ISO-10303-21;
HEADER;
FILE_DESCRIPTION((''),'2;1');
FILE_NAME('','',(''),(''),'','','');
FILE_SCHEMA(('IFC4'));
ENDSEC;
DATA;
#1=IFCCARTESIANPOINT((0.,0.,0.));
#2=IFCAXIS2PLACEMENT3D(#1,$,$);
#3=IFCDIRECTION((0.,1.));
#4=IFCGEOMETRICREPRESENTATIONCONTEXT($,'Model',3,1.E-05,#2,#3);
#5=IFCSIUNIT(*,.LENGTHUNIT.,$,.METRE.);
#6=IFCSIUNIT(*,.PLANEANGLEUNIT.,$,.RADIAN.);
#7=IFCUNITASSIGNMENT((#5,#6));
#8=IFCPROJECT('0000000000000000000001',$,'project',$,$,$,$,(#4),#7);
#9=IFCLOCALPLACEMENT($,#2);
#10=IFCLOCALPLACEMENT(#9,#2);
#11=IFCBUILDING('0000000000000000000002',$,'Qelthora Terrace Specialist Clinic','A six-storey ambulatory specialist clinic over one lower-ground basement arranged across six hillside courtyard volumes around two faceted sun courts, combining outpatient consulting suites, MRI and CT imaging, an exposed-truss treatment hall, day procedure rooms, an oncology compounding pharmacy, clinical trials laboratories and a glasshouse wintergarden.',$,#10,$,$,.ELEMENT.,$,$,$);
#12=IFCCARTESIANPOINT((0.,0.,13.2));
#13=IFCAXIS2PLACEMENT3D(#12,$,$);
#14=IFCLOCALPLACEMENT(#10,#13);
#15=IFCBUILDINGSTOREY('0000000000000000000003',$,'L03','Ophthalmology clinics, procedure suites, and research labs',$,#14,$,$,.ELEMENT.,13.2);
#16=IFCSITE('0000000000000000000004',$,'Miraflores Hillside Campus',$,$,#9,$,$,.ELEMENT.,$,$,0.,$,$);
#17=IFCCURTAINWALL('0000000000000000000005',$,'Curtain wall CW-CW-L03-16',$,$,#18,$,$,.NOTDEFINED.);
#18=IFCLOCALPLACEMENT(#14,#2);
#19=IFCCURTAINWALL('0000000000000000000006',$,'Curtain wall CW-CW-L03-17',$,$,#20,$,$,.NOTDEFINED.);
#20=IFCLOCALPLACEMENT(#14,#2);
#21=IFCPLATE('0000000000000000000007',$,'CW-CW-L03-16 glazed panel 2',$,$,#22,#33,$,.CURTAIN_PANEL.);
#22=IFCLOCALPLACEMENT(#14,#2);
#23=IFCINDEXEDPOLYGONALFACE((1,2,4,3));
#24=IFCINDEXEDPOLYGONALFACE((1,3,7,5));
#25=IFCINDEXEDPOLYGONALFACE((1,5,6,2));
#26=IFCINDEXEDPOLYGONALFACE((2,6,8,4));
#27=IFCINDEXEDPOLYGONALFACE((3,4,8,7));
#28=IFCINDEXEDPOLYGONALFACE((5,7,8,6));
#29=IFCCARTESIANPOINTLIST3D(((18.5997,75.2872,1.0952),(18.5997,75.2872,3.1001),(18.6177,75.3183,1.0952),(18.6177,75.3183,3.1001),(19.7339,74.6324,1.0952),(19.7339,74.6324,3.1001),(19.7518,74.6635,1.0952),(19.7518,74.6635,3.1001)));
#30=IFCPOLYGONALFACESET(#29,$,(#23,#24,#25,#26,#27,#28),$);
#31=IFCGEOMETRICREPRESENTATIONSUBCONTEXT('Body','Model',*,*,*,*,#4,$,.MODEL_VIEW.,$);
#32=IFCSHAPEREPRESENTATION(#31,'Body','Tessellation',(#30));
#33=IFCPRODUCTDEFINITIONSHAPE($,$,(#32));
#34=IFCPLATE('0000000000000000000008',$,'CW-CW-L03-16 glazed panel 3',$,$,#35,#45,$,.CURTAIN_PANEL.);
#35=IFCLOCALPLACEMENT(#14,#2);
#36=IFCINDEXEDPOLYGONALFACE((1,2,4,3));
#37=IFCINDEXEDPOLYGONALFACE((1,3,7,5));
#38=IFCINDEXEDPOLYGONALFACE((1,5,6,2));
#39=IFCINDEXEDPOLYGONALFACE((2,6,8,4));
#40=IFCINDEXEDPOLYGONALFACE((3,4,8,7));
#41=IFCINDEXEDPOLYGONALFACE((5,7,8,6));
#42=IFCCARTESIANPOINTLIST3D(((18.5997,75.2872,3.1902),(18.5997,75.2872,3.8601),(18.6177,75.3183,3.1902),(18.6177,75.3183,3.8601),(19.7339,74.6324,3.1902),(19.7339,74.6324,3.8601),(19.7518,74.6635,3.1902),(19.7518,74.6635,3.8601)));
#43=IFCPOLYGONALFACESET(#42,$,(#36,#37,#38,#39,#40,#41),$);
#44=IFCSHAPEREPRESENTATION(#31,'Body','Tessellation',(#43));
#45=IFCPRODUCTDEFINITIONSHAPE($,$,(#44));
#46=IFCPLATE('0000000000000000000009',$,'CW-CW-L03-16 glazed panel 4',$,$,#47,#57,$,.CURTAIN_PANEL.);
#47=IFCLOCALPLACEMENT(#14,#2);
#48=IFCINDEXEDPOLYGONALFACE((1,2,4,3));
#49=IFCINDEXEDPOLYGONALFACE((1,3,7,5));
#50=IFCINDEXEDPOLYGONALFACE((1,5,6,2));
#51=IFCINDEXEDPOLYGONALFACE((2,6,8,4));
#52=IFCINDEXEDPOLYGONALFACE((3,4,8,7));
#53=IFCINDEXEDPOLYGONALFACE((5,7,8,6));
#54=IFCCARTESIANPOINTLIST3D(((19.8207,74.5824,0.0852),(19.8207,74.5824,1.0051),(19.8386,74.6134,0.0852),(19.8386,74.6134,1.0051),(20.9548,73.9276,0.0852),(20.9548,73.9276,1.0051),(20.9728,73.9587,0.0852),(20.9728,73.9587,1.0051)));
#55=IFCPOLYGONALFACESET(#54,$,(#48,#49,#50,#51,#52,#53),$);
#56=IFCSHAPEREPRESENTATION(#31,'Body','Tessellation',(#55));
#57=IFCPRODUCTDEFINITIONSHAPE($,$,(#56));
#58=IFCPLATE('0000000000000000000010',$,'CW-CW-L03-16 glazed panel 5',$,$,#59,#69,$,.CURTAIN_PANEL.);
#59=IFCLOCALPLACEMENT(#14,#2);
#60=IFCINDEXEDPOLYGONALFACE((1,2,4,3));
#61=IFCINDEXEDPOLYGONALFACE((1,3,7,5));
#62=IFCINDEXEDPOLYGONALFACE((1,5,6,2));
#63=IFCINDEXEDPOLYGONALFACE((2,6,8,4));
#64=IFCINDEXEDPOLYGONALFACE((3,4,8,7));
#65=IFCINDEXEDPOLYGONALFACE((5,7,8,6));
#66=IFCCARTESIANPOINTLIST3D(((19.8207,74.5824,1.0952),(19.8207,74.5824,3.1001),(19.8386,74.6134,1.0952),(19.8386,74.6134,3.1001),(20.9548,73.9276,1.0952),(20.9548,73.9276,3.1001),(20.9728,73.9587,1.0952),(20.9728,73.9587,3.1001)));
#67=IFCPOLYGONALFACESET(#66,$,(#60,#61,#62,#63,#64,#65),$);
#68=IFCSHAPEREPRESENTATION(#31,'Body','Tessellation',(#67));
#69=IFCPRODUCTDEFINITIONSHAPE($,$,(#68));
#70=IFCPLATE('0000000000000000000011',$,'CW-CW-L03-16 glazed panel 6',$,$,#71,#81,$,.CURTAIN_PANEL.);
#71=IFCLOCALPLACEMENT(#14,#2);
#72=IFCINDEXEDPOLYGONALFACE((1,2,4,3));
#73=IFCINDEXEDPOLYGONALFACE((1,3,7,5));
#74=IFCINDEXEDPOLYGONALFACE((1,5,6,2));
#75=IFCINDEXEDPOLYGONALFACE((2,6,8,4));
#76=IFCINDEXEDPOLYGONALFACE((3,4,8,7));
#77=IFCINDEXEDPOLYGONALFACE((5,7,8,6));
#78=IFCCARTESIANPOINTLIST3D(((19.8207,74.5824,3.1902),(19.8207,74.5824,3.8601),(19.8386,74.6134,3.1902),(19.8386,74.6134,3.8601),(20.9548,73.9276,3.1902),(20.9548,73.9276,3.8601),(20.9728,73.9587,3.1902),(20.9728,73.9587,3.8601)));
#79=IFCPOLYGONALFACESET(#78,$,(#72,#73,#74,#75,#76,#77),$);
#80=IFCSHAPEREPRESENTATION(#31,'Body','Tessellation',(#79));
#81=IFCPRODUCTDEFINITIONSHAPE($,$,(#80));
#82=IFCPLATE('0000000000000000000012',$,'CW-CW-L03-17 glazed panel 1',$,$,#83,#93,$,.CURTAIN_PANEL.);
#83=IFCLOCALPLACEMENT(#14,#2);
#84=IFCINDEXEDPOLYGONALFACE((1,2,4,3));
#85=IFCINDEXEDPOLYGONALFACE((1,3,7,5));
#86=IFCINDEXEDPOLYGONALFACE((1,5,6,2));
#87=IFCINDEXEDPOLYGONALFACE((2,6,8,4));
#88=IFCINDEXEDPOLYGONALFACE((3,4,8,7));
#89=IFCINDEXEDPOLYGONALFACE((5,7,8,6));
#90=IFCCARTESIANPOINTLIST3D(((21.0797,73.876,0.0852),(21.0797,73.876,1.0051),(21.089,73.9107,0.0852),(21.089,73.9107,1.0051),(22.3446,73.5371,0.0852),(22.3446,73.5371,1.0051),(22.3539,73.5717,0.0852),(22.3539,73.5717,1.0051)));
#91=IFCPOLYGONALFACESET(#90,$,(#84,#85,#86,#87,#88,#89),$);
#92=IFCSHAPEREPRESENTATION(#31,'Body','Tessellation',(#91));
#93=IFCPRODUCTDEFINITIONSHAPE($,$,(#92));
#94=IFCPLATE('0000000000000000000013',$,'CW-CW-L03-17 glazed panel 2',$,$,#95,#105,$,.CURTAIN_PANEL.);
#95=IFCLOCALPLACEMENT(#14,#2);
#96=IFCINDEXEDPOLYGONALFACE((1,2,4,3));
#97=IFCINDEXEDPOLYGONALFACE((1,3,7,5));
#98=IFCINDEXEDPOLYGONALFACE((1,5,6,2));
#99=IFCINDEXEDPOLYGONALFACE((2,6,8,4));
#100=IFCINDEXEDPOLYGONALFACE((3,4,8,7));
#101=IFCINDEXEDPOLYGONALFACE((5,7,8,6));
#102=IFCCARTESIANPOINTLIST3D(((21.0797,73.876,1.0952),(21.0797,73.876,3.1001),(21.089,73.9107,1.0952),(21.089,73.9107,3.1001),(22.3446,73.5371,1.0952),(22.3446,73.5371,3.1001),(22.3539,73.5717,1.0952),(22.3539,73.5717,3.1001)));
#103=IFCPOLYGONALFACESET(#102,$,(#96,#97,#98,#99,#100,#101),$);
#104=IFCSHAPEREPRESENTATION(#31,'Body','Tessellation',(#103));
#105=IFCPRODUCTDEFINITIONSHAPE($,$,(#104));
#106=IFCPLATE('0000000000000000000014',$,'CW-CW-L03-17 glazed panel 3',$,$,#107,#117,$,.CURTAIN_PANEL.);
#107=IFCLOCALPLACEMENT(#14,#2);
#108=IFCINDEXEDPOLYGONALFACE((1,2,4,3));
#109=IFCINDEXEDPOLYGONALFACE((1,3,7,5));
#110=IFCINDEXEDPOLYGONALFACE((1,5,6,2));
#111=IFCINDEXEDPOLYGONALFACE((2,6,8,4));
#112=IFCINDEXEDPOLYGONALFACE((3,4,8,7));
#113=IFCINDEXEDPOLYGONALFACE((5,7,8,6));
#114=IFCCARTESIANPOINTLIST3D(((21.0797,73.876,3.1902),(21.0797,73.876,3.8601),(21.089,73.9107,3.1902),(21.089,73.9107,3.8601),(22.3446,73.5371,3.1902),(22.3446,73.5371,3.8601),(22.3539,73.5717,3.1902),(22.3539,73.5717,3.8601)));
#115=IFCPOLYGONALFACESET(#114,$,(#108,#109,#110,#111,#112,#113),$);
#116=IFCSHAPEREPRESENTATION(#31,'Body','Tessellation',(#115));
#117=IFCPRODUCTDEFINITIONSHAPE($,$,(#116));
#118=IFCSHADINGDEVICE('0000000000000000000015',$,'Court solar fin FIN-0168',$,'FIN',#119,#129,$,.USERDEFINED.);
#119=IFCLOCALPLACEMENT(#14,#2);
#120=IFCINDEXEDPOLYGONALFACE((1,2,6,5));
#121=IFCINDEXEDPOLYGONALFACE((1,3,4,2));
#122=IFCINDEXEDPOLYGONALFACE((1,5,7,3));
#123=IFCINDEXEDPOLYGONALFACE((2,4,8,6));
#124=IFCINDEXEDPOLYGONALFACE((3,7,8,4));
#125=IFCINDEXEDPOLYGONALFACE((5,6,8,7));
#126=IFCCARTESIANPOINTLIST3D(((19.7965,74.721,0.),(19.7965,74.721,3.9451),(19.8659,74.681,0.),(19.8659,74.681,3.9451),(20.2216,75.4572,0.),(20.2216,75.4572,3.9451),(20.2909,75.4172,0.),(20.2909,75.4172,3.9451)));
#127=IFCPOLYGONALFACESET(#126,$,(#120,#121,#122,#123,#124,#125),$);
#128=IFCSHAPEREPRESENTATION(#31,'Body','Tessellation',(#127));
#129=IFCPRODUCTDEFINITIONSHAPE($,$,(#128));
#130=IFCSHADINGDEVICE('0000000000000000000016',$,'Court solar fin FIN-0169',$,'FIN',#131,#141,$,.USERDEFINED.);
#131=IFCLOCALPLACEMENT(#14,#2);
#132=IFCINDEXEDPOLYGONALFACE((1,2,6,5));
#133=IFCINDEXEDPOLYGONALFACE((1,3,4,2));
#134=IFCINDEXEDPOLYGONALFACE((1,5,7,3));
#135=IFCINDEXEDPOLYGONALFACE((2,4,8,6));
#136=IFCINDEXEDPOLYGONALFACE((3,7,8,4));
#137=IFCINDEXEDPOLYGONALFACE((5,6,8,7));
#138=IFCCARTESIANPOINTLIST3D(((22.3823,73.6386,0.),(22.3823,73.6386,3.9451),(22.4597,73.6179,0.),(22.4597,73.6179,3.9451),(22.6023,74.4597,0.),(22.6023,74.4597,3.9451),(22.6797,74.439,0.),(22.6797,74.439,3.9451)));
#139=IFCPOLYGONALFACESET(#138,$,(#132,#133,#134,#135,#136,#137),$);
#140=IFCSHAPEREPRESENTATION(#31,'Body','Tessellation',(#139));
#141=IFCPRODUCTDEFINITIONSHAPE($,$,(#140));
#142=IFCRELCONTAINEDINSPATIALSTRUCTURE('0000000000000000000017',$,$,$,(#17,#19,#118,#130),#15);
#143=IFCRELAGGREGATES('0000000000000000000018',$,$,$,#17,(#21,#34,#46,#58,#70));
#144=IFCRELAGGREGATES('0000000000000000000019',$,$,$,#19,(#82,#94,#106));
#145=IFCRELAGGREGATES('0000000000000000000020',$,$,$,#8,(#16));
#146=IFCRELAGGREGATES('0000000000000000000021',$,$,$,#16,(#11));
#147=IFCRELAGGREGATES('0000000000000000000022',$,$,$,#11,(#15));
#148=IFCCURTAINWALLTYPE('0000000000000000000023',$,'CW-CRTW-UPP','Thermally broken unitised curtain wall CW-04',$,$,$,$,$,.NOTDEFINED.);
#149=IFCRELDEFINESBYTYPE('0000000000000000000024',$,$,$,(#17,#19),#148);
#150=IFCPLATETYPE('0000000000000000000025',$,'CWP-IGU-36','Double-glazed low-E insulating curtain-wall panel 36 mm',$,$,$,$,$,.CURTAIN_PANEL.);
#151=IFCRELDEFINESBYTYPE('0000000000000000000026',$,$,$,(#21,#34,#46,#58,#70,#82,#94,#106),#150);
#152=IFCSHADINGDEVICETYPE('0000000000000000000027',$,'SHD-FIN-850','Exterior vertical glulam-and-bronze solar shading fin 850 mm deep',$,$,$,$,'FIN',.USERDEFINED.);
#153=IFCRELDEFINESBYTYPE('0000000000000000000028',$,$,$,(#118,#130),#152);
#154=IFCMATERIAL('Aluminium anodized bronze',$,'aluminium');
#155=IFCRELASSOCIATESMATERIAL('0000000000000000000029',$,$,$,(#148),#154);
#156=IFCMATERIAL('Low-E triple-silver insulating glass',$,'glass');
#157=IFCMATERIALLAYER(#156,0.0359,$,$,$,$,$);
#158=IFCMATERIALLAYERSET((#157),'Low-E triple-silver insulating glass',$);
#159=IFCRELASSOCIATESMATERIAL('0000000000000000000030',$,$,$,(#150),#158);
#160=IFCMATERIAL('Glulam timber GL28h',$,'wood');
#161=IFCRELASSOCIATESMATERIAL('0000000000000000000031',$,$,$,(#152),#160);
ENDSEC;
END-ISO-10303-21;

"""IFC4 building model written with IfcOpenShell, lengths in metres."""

from ifc_helpers import new_model, si_unit, direction, frame, origin, origin_2d, place, context, subcontext, project, spatial, rectangle, extrude, material, layer, layer_set, type_object, element, aggregate, save


model = new_model("IFC4")

# Units and contexts
model_context = context("Model", 3, precision=1e-05, world=origin(), true_north=direction((0.0, 1.0)))
body_context = subcontext(model_context, "Body", "Model", "MODEL_VIEW")
ifc_project = project(units=[si_unit("LENGTHUNIT", "METRE"), si_unit("PLANEANGLEUNIT", "RADIAN")], contexts=[model_context])

# Site, building, storey
site_placement = place(None, origin())
site = spatial("IfcSite", under=ifc_project, at=site_placement, Name="Miraflores Hillside Campus", CompositionType="ELEMENT", RefElevation=0.0)
building_placement = place(site_placement, origin())
building = spatial("IfcBuilding", under=site, at=building_placement, Name="Qelthora Terrace Specialist Clinic", Description="A six-storey ambulatory specialist clinic over one lower-ground basement arranged across six hillside courtyard volumes around two faceted sun courts, combining outpatient consulting suites, MRI and CT imaging, an exposed-truss treatment hall, day procedure rooms, an oncology compounding pharmacy, clinical trials laboratories and a glasshouse wintergarden.", CompositionType="ELEMENT")
storey_placement = place(building_placement, frame((0.0, 0.0, 13.2)))
storey = spatial("IfcBuildingStorey", under=building, at=storey_placement, Name="L03", Description="Ophthalmology clinics, procedure suites, and research labs", CompositionType="ELEMENT", Elevation=13.2)

# Curtain walls
ifc_material_1 = material(Name="Aluminium anodized bronze", Category="aluminium")
curtain_wall_type = type_object("IfcCurtainWallType", Name="CW-CRTW-UPP", Description="Thermally broken unitised curtain wall CW-04", PredefinedType="NOTDEFINED", material=ifc_material_1)
curtain_wall_1_placement = place(storey_placement, origin())
curtain_wall_1 = element("IfcCurtainWall", 1, at=curtain_wall_1_placement, inside=storey, type_object=curtain_wall_type, Name="Curtain wall CW-CW-L03-16", PredefinedType="NOTDEFINED")
curtain_wall_2_placement = place(storey_placement, origin())
curtain_wall_2 = element("IfcCurtainWall", 2, at=curtain_wall_2_placement, inside=storey, type_object=curtain_wall_type, Name="Curtain wall CW-CW-L03-17", PredefinedType="NOTDEFINED")

# Plates
ifc_material_2 = material(Name="Low-E triple-silver insulating glass", Category="glass")
ifc_layer = layer(ifc_material_2, 0.0359)
ifc_layer_set = layer_set([ifc_layer], Name="Low-E triple-silver insulating glass")
plate_type = type_object("IfcPlateType", Name="CWP-IGU-36", Description="Double-glazed low-E insulating curtain-wall panel 36 mm", PredefinedType="CURTAIN_PANEL", material=ifc_layer_set)
plate_1_placement = place(storey_placement, frame((19.1758, 74.9753, 1.0952), z_axis=(0.0, 0.0, 1.0), x_axis=(0.866025, -0.5, 0.0)))
plate_1 = element("IfcPlate", 3, at=plate_1_placement, type_object=plate_type, Name="CW-CW-L03-16 glazed panel 2", PredefinedType="CURTAIN_PANEL", context=body_context, shape_type="SweptSolid", body=[
    extrude(rectangle(XDim=1.3096, YDim=0.0359, at=origin_2d()), origin(), (0.0, 0.0, 1.0), 2.0049),
])
plate_2_placement = place(storey_placement, frame((19.1758, 74.9753, 3.1902), z_axis=(0.0, 0.0, 1.0), x_axis=(0.866025, -0.5, 0.0)))
plate_2 = element("IfcPlate", 4, at=plate_2_placement, type_object=plate_type, Name="CW-CW-L03-16 glazed panel 3", PredefinedType="CURTAIN_PANEL", context=body_context, shape_type="SweptSolid", body=[
    extrude(rectangle(XDim=1.3096, YDim=0.0359, at=origin_2d()), origin(), (0.0, 0.0, 1.0), 0.6699),
])
plate_3_placement = place(storey_placement, frame((20.3967, 74.2705, 0.0852), z_axis=(0.0, 0.0, 1.0), x_axis=(0.866025, -0.5, 0.0)))
plate_3 = element("IfcPlate", 5, at=plate_3_placement, type_object=plate_type, Name="CW-CW-L03-16 glazed panel 4", PredefinedType="CURTAIN_PANEL", context=body_context, shape_type="SweptSolid", body=[
    extrude(rectangle(XDim=1.3096, YDim=0.0359, at=origin_2d()), origin(), (0.0, 0.0, 1.0), 0.9199),
])
plate_4_placement = place(storey_placement, frame((20.3967, 74.2705, 1.0952), z_axis=(0.0, 0.0, 1.0), x_axis=(0.866025, -0.5, 0.0)))
plate_4 = element("IfcPlate", 6, at=plate_4_placement, type_object=plate_type, Name="CW-CW-L03-16 glazed panel 5", PredefinedType="CURTAIN_PANEL", context=body_context, shape_type="SweptSolid", body=[
    extrude(rectangle(XDim=1.3096, YDim=0.0359, at=origin_2d()), origin(), (0.0, 0.0, 1.0), 2.0049),
])
plate_5_placement = place(storey_placement, frame((20.3967, 74.2705, 3.1902), z_axis=(0.0, 0.0, 1.0), x_axis=(0.866025, -0.5, 0.0)))
plate_5 = element("IfcPlate", 7, at=plate_5_placement, type_object=plate_type, Name="CW-CW-L03-16 glazed panel 6", PredefinedType="CURTAIN_PANEL", context=body_context, shape_type="SweptSolid", body=[
    extrude(rectangle(XDim=1.3096, YDim=0.0359, at=origin_2d()), origin(), (0.0, 0.0, 1.0), 0.6699),
])
aggregate(curtain_wall_1, [plate_1, plate_2, plate_3, plate_4, plate_5])
plate_6_placement = place(storey_placement, frame((21.7168, 73.7239, 0.0852), z_axis=(0.0, 0.0, 1.0), x_axis=(0.965925, -0.258821, 0.0)))
plate_6 = element("IfcPlate", 8, at=plate_6_placement, type_object=plate_type, Name="CW-CW-L03-17 glazed panel 1", PredefinedType="CURTAIN_PANEL", context=body_context, shape_type="SweptSolid", body=[
    extrude(rectangle(XDim=1.3096, YDim=0.0359, at=origin_2d()), origin(), (0.0, 0.0, 1.0), 0.9199),
])
plate_7_placement = place(storey_placement, frame((21.7168, 73.7239, 1.0952), z_axis=(0.0, 0.0, 1.0), x_axis=(0.965925, -0.258821, 0.0)))
plate_7 = element("IfcPlate", 9, at=plate_7_placement, type_object=plate_type, Name="CW-CW-L03-17 glazed panel 2", PredefinedType="CURTAIN_PANEL", context=body_context, shape_type="SweptSolid", body=[
    extrude(rectangle(XDim=1.3096, YDim=0.0359, at=origin_2d()), origin(), (0.0, 0.0, 1.0), 2.0049),
])
plate_8_placement = place(storey_placement, frame((21.7168, 73.7239, 3.1902), z_axis=(0.0, 0.0, 1.0), x_axis=(0.965925, -0.258821, 0.0)))
plate_8 = element("IfcPlate", 10, at=plate_8_placement, type_object=plate_type, Name="CW-CW-L03-17 glazed panel 3", PredefinedType="CURTAIN_PANEL", context=body_context, shape_type="SweptSolid", body=[
    extrude(rectangle(XDim=1.3096, YDim=0.0359, at=origin_2d()), origin(), (0.0, 0.0, 1.0), 0.6699),
])
aggregate(curtain_wall_2, [plate_6, plate_7, plate_8])

# Shading devices
ifc_material_3 = material(Name="Glulam timber GL28h", Category="wood")
shading_device_type = type_object("IfcShadingDeviceType", Name="SHD-FIN-850", Description="Exterior vertical glulam-and-bronze solar shading fin 850 mm deep", ElementType="FIN", PredefinedType="USERDEFINED", material=ifc_material_3)
for number, where, z_axis, x_axis, name in (
    (11, (20.0437, 75.0691, 0.0), (0.0, 0.0, 1.0), (0.5, 0.866025, 0.0), "Court solar fin FIN-0168"),
    (12, (22.531, 74.0388, 0.0), (0.0, 0.0, 1.0), (0.258819, 0.965926, 0.0), "Court solar fin FIN-0169"),
):
    element("IfcShadingDevice", number, at=place(storey_placement, frame(where, z_axis=z_axis, x_axis=x_axis)), inside=storey, type_object=shading_device_type, Name=name, ObjectType="FIN", PredefinedType="USERDEFINED", context=body_context, shape_type="SweptSolid", body=[
        extrude(rectangle(XDim=0.8501, YDim=0.0801, at=origin_2d()), origin(), (0.0, 0.0, 1.0), 3.9451),
    ])

save(model, "model.ifc")
